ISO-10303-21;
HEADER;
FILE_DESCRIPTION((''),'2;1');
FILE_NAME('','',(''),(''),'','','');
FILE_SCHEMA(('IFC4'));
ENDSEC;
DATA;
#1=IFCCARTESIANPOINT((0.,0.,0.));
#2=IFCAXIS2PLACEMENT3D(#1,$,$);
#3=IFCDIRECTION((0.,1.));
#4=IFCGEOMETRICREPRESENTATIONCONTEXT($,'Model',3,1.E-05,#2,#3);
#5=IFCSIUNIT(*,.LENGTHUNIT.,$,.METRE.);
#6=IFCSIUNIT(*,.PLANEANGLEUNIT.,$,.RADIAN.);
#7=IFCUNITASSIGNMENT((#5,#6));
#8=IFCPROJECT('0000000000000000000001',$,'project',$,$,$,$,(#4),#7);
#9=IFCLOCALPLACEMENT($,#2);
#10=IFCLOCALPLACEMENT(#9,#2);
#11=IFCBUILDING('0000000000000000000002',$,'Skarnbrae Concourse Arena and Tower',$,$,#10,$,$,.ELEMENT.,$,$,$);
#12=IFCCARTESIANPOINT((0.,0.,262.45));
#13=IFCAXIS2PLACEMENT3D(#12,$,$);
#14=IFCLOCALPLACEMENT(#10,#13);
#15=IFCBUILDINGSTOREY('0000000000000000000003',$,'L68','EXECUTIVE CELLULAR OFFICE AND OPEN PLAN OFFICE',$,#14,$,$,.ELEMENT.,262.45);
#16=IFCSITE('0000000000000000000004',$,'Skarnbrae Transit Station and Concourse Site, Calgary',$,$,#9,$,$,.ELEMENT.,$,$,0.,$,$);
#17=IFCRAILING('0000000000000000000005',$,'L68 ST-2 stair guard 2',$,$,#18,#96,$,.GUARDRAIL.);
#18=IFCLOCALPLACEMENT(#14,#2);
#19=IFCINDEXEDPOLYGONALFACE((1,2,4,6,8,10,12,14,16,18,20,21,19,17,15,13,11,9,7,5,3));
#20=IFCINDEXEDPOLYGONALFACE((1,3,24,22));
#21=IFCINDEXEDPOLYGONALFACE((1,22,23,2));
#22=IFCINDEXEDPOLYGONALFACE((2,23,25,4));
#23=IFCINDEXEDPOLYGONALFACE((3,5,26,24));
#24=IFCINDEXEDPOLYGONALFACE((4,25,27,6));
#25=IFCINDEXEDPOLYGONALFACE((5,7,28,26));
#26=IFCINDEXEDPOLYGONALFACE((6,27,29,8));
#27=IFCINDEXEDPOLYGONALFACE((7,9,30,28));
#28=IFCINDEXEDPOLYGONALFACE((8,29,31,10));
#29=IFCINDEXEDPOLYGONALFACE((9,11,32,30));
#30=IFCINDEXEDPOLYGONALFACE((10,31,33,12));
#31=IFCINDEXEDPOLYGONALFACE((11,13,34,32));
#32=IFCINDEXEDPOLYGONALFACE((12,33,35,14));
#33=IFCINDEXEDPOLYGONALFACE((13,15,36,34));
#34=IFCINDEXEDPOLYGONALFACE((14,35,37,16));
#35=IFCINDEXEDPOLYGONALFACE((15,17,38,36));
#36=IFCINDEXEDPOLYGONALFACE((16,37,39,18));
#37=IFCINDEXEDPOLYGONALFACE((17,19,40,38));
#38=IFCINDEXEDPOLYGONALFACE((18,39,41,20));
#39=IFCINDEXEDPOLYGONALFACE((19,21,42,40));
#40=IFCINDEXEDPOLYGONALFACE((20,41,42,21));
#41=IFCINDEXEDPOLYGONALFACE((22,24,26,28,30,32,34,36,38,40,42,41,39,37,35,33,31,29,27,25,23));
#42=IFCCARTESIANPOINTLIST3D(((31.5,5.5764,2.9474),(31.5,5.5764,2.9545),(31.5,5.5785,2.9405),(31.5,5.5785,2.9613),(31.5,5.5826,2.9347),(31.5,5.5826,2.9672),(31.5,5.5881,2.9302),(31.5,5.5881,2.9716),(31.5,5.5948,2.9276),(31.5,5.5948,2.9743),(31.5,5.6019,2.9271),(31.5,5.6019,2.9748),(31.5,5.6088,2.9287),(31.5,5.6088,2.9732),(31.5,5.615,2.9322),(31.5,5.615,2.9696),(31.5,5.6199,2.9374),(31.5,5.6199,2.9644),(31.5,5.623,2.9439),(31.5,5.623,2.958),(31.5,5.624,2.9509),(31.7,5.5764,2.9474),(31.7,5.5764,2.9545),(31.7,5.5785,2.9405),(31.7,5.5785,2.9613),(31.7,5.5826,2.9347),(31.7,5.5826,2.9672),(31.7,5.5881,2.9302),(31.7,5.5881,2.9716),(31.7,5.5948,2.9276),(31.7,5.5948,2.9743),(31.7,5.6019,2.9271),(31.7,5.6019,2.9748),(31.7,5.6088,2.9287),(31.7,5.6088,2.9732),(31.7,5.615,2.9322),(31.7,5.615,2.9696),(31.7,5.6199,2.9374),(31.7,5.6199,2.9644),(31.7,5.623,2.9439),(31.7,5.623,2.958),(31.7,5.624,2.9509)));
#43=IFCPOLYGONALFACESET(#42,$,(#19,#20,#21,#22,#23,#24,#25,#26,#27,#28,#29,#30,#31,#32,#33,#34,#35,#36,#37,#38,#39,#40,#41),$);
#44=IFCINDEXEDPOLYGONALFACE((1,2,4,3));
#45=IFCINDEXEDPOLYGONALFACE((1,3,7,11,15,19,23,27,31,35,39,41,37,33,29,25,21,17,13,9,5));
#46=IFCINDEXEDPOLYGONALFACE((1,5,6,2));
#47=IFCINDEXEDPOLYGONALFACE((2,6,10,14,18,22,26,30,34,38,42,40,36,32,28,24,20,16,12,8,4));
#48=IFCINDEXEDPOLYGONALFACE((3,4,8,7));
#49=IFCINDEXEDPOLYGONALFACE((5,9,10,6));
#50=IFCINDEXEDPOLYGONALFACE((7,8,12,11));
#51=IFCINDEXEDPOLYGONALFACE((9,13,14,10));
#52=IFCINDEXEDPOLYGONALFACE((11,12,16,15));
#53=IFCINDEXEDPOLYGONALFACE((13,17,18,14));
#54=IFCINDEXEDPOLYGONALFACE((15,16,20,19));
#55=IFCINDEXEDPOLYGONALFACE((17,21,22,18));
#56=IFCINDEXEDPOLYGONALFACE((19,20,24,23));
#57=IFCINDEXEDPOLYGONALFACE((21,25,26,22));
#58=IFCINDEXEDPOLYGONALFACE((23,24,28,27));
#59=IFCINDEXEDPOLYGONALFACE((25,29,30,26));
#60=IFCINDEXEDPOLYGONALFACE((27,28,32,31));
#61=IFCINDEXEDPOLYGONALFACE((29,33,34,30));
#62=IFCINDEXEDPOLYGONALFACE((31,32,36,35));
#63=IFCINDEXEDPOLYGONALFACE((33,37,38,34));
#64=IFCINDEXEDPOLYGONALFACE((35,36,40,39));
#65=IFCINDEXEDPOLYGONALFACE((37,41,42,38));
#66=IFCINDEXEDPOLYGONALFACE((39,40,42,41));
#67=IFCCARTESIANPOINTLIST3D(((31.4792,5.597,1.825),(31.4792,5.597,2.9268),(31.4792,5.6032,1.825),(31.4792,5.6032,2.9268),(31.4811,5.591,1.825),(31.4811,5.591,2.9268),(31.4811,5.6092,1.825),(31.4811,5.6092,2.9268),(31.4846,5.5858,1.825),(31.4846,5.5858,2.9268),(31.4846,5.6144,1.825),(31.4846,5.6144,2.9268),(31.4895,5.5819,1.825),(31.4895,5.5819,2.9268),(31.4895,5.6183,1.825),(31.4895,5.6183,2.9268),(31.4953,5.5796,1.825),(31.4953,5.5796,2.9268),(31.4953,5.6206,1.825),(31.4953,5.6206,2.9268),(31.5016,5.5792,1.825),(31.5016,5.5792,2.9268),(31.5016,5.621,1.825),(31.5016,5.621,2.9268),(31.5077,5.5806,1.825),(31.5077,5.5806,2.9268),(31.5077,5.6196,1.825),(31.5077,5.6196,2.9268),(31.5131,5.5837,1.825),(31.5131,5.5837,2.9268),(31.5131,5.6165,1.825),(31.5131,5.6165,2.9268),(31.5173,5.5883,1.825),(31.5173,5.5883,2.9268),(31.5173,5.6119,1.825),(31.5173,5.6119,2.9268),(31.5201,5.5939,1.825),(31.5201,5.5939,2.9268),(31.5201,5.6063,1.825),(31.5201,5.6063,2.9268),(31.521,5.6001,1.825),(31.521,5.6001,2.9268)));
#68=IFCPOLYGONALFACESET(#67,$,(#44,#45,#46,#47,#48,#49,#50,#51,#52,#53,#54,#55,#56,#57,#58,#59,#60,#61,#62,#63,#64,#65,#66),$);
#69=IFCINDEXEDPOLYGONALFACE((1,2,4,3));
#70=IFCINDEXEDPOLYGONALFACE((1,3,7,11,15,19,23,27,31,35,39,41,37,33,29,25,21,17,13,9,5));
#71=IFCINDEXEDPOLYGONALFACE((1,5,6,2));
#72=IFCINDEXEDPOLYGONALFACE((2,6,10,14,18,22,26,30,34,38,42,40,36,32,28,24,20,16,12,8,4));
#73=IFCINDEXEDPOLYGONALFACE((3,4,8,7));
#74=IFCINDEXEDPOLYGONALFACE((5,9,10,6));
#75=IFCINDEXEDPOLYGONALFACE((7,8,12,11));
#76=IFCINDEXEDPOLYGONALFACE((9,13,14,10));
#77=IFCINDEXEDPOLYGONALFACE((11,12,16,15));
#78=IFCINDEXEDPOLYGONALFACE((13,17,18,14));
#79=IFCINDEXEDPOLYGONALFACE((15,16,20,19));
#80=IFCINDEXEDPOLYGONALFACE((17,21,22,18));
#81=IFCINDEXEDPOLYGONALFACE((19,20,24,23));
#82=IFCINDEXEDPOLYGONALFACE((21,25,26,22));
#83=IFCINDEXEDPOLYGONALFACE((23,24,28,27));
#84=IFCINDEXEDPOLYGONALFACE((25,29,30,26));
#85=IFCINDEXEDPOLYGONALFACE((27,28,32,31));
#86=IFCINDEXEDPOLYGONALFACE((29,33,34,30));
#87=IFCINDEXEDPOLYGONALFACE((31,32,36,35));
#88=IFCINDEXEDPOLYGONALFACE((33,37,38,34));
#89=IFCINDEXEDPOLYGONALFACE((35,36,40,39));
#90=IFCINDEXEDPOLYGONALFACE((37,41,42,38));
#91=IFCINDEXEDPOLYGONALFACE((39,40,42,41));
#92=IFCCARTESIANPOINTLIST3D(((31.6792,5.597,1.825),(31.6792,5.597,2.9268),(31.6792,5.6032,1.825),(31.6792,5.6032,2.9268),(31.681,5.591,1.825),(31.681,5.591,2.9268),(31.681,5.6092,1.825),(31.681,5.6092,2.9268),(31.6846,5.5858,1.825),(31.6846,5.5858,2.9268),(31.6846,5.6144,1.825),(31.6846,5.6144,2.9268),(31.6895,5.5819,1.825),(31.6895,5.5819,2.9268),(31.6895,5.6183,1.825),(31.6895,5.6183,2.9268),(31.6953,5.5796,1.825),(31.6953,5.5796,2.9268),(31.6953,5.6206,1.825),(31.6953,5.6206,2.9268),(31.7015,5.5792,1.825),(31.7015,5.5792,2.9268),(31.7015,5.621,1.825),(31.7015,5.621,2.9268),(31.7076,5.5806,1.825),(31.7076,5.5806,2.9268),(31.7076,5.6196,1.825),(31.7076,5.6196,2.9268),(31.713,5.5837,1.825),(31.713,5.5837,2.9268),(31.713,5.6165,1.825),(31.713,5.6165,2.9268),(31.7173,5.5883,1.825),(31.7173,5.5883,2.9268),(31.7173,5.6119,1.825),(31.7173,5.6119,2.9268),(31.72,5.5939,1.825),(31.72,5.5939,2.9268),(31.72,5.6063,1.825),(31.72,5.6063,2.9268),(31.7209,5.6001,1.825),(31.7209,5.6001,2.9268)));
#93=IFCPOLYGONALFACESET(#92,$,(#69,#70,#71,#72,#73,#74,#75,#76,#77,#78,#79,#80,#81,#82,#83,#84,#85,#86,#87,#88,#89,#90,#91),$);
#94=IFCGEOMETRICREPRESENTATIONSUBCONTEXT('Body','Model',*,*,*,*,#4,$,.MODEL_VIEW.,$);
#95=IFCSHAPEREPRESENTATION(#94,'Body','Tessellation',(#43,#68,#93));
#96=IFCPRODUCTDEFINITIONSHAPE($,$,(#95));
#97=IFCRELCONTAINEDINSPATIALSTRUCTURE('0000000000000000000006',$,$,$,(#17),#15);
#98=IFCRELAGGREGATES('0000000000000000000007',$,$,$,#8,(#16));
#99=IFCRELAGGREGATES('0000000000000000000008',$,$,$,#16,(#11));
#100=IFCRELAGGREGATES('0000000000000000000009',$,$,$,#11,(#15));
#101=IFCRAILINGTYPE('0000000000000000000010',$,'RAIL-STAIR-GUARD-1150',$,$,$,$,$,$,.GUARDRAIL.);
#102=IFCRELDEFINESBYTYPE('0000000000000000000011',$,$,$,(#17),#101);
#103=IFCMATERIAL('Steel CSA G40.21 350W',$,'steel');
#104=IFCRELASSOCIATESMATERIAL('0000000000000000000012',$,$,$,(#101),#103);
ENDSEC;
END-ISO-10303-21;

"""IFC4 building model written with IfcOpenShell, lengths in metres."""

from ifc_helpers import new_model, si_unit, direction, frame, origin, origin_2d, place, context, subcontext, project, spatial, circle, extrude, material, type_object, element, save


model = new_model("IFC4")

# Units and contexts
model_context = context("Model", 3, precision=1e-05, world=origin(), true_north=direction((0.0, 1.0)))
body_context = subcontext(model_context, "Body", "Model", "MODEL_VIEW")
ifc_project = project(units=[si_unit("LENGTHUNIT", "METRE"), si_unit("PLANEANGLEUNIT", "RADIAN")], contexts=[model_context])

# Site, building, storey
site_placement = place(None, origin())
site = spatial("IfcSite", under=ifc_project, at=site_placement, Name="Skarnbrae Transit Station and Concourse Site, Calgary", CompositionType="ELEMENT", RefElevation=0.0)
building_placement = place(site_placement, origin())
building = spatial("IfcBuilding", under=site, at=building_placement, Name="Skarnbrae Concourse Arena and Tower", CompositionType="ELEMENT")
storey_placement = place(building_placement, frame((0.0, 0.0, 262.45)))
storey = spatial("IfcBuildingStorey", under=building, at=storey_placement, Name="L68", Description="EXECUTIVE CELLULAR OFFICE AND OPEN PLAN OFFICE", CompositionType="ELEMENT", Elevation=262.45)

# Shared definitions
ifc_material_1 = material(Name="Steel CSA G40.21 350W", Category="steel")

# Railing
railing_type_1 = type_object("IfcRailingType", Name="RAIL-STAIR-GUARD-1150", PredefinedType="GUARDRAIL", material=ifc_material_1)
railing_1_placement = place(storey_placement, frame((31.5, 5.6001, 1.825)))
element("IfcRailing", 1, at=railing_1_placement, inside=storey, type_object=railing_type_1, Name="L68 ST-2 stair guard 2", PredefinedType="GUARDRAIL", context=body_context, shape_type="SweptSolid", body=[
    extrude(circle(Radius=0.0239, at=origin_2d()), frame((0.0, 0.0, 1.126), z_axis=(1.0, 0.0, 0.0), x_axis=(0.0, 1.0, 0.0)), (0.0, 0.0, 1.0), 0.2),
    extrude(circle(Radius=0.021, at=origin_2d()), origin(), (0.0, 0.0, 1.0), 1.1018),
    extrude(circle(Radius=0.021, at=origin_2d()), frame((0.2, 0.0, 0.0)), (0.0, 0.0, 1.0), 1.1018),
])

save(model, "model.ifc")
